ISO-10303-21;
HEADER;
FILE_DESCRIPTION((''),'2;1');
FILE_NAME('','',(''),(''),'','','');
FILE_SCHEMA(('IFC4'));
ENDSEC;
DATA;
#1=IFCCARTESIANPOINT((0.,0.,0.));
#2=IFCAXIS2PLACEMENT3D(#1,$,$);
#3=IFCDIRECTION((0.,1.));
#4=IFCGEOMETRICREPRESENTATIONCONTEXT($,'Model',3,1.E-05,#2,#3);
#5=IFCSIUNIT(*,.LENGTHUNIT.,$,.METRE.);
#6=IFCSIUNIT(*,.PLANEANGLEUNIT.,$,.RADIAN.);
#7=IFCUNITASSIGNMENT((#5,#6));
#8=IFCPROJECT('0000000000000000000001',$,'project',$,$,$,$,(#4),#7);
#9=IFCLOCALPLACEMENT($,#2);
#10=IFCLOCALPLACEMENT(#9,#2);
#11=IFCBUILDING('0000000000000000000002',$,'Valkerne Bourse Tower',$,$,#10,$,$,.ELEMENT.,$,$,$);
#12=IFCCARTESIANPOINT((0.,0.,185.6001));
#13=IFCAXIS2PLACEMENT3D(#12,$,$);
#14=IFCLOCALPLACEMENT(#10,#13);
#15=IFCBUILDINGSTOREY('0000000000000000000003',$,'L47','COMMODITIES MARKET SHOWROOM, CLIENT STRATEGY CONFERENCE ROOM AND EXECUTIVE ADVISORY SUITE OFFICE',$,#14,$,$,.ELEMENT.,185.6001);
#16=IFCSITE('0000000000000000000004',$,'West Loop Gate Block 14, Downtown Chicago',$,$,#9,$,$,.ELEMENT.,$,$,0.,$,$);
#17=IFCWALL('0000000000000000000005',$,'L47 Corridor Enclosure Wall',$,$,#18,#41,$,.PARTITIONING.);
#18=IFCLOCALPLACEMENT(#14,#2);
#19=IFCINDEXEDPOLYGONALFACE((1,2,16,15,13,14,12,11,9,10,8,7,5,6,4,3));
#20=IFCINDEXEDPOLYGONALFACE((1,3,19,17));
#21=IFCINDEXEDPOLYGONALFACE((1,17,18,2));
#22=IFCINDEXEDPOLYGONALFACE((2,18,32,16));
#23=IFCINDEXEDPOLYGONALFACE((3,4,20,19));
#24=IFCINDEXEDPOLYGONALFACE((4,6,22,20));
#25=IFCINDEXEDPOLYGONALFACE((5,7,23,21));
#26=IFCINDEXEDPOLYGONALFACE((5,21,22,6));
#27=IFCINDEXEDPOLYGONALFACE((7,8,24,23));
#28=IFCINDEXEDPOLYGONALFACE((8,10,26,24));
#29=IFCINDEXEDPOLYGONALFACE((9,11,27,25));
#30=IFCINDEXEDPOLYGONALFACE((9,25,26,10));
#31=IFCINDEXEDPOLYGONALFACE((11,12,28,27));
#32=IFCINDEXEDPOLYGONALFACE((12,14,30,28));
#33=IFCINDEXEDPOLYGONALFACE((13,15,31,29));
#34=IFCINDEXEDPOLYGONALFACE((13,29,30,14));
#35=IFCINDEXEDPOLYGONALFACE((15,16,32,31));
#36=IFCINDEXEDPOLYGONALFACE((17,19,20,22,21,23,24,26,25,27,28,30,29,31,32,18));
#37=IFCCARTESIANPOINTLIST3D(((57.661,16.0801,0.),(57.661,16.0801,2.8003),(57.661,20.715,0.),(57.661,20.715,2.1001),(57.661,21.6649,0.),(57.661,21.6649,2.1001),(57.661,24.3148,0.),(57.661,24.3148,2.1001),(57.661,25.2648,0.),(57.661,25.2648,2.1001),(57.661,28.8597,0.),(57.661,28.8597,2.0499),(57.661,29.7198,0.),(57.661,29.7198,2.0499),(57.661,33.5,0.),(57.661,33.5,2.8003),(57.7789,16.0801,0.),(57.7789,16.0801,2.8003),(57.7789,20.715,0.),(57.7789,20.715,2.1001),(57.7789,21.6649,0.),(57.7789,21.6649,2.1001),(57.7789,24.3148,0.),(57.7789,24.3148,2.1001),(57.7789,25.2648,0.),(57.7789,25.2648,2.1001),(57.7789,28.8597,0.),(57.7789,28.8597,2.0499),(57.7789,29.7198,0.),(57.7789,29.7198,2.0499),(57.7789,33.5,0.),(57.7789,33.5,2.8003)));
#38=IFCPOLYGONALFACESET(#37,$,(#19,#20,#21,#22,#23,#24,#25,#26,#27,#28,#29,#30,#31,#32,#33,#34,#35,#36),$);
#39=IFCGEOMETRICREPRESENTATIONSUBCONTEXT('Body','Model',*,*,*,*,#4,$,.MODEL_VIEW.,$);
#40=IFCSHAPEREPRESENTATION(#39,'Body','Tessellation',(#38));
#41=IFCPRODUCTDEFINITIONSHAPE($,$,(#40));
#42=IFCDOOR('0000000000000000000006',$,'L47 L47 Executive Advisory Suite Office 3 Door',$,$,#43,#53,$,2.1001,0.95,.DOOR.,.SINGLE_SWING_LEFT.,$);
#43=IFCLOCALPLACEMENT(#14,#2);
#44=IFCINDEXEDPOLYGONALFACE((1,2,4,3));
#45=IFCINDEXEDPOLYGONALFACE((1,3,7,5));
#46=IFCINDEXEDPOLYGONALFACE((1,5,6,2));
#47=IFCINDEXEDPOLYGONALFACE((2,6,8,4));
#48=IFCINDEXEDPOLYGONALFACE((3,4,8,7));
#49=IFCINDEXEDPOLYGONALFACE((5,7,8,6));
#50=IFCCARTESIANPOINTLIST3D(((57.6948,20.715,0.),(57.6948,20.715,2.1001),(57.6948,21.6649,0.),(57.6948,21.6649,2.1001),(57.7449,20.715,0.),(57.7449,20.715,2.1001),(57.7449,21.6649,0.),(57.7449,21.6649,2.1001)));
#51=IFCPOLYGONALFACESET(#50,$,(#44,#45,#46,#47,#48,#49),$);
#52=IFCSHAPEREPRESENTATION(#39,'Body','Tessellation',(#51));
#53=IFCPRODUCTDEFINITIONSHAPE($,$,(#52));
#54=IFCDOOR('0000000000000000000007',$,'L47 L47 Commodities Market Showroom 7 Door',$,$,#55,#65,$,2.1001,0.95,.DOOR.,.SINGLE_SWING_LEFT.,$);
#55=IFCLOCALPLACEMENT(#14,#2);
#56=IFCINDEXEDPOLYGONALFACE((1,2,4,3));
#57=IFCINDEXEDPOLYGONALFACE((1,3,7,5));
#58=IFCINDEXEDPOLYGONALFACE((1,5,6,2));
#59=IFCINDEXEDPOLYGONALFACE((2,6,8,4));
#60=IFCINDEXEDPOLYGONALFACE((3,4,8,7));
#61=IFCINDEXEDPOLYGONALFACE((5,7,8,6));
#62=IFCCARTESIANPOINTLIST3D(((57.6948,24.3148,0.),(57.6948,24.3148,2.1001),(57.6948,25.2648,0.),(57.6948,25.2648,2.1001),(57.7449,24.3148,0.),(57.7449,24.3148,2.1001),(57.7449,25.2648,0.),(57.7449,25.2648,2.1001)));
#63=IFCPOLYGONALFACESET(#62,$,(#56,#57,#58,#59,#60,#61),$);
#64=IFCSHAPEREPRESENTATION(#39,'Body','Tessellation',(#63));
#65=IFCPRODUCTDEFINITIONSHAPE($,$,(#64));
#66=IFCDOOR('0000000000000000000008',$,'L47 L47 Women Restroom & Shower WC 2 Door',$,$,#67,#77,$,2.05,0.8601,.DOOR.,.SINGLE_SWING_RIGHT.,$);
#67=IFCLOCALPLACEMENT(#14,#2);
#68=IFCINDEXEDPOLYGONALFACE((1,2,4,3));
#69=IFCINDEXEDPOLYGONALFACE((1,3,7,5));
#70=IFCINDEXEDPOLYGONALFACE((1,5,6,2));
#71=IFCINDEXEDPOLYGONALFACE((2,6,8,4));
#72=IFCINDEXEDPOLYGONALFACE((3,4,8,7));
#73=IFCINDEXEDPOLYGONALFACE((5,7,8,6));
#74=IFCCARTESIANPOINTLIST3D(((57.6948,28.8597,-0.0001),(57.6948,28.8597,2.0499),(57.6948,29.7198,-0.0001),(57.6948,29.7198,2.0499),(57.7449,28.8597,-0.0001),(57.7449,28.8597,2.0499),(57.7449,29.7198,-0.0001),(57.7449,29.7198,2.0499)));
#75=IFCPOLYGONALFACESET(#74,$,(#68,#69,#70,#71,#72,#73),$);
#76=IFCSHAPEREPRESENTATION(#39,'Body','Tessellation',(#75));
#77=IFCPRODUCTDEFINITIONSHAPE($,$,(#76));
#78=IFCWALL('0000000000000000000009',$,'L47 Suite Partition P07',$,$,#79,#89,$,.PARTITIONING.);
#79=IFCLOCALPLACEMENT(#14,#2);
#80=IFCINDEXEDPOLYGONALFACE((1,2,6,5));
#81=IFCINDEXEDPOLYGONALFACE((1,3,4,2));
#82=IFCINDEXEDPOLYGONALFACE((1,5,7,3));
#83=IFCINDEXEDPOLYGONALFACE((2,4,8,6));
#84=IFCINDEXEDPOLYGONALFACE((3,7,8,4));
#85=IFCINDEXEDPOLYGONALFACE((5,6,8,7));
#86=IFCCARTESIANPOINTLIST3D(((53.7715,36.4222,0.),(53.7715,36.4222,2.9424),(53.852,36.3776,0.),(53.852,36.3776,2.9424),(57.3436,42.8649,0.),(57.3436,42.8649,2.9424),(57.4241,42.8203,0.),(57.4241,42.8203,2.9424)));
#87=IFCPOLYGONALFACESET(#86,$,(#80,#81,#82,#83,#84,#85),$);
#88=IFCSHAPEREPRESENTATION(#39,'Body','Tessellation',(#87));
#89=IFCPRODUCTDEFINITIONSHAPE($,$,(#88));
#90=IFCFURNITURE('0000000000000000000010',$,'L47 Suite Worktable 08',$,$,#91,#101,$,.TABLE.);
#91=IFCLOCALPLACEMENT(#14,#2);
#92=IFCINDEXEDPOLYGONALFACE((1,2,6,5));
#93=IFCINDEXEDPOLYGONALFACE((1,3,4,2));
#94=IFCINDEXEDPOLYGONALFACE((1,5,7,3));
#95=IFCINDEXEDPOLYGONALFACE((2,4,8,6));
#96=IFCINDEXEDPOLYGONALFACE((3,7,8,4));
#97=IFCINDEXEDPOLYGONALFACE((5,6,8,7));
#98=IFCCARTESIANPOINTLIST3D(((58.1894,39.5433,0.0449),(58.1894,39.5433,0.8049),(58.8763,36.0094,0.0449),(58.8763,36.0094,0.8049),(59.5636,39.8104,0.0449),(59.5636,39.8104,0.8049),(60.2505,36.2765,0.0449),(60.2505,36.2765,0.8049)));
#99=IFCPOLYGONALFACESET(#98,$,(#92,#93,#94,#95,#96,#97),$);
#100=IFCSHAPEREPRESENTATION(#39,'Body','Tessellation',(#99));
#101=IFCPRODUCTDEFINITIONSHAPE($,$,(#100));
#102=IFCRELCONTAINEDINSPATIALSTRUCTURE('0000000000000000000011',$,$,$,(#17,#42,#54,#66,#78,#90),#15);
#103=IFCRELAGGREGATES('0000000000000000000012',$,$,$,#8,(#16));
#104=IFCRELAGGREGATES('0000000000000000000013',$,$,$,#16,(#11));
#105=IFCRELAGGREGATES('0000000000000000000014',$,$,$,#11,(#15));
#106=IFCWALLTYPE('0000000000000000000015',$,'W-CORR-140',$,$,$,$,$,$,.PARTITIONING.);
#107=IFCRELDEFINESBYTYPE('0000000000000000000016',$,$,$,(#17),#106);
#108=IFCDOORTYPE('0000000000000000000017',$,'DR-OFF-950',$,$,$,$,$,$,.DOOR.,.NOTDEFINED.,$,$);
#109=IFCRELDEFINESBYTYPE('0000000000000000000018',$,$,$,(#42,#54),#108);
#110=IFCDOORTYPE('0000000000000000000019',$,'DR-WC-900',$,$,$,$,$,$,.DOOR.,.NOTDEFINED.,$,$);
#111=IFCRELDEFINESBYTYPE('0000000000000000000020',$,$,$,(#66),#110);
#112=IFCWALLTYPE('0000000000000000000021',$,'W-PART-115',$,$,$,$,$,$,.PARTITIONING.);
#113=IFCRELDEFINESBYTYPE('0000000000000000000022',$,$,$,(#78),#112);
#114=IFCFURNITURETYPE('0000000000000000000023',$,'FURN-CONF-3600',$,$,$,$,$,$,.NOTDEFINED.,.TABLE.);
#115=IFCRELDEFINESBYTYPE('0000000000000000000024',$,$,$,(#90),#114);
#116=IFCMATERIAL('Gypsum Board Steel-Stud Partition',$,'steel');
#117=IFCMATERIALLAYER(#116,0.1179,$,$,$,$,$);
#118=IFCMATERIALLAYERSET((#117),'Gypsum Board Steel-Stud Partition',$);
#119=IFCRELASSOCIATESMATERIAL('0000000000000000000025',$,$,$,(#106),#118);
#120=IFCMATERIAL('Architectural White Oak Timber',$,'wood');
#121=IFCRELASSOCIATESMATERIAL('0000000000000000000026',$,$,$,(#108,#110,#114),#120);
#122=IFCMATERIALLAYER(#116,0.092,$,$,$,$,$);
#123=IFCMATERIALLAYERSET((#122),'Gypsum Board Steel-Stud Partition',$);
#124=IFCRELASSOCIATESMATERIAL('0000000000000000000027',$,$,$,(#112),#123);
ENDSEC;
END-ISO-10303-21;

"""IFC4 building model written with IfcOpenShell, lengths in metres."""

from ifc_helpers import new_model, si_unit, direction, frame, frame_2d, origin, origin_2d, place, context, subcontext, project, spatial, rectangle, extrude, material, layer, layer_set, type_object, element, fill, save


model = new_model("IFC4")

# Units and contexts
model_context = context("Model", 3, precision=1e-05, world=origin(), true_north=direction((0.0, 1.0)))
body_context = subcontext(model_context, "Body", "Model", "MODEL_VIEW")
ifc_project = project(units=[si_unit("LENGTHUNIT", "METRE"), si_unit("PLANEANGLEUNIT", "RADIAN")], contexts=[model_context])

# Site, building, storey
site_placement = place(None, origin())
site = spatial("IfcSite", under=ifc_project, at=site_placement, Name="West Loop Gate Block 14, Downtown Chicago", CompositionType="ELEMENT", RefElevation=0.0)
building_placement = place(site_placement, origin())
building = spatial("IfcBuilding", under=site, at=building_placement, Name="Valkerne Bourse Tower", CompositionType="ELEMENT")
storey_placement = place(building_placement, frame((0.0, 0.0, 185.6001)))
storey = spatial("IfcBuildingStorey", under=building, at=storey_placement, Name="L47", Description="COMMODITIES MARKET SHOWROOM, CLIENT STRATEGY CONFERENCE ROOM AND EXECUTIVE ADVISORY SUITE OFFICE", CompositionType="ELEMENT", Elevation=185.6001)

# Wall, openings, doors
ifc_material_1 = material(Name="Gypsum Board Steel-Stud Partition", Category="steel")
ifc_layer_1 = layer(ifc_material_1, 0.1179)
ifc_layer_set_1 = layer_set([ifc_layer_1], Name="Gypsum Board Steel-Stud Partition")
wall_type_1 = type_object("IfcWallType", Name="W-CORR-140", PredefinedType="PARTITIONING", material=ifc_layer_set_1)
wall_1_placement = place(storey_placement, frame((57.72, 33.5, 0.0), z_axis=(0.0, 0.0, 1.0), x_axis=(0.0, -1.0, 0.0)))
wall_1 = element("IfcWall", 1, at=wall_1_placement, inside=storey, type_object=wall_type_1, Name="L47 Corridor Enclosure Wall", PredefinedType="PARTITIONING", context=body_context, shape_type="SweptSolid", body=[
    extrude(rectangle(XDim=17.4199, YDim=0.1179, at=frame_2d((8.71, 0.0))), origin(), (0.0, 0.0, 1.0), 2.8003),
])
opening_1_placement = place(wall_1_placement, frame((3.78, 0.0, 0.0)))
opening_1 = element("IfcOpeningElement", 2, at=opening_1_placement, cuts=wall_1, PredefinedType="OPENING", context=body_context, shape_type="SweptSolid", body=[
    extrude(rectangle(XDim=0.8601, YDim=2.05, at=frame_2d((0.4302, 1.0249))), frame((0.0, 0.0688, 0.0), z_axis=(0.0, -1.0, 0.0), x_axis=(1.0, 0.0, 0.0)), (0.0, 0.0, 1.0), 0.1379),
])
opening_2_placement = place(wall_1_placement, frame((11.835, 0.0, 0.0)))
opening_2 = element("IfcOpeningElement", 3, at=opening_2_placement, cuts=wall_1, PredefinedType="OPENING", context=body_context, shape_type="SweptSolid", body=[
    extrude(rectangle(XDim=0.95, YDim=2.1001, at=frame_2d((0.4751, 1.05))), frame((0.0, 0.0688, 0.0), z_axis=(0.0, -1.0, 0.0), x_axis=(1.0, 0.0, 0.0)), (0.0, 0.0, 1.0), 0.1379),
])
opening_3_placement = place(wall_1_placement, frame((8.2351, 0.0, 0.0)))
opening_3 = element("IfcOpeningElement", 4, at=opening_3_placement, cuts=wall_1, PredefinedType="OPENING", context=body_context, shape_type="SweptSolid", body=[
    extrude(rectangle(XDim=0.95, YDim=2.1001, at=frame_2d((0.4751, 1.05))), frame((0.0, 0.0688, 0.0), z_axis=(0.0, -1.0, 0.0), x_axis=(1.0, 0.0, 0.0)), (0.0, 0.0, 1.0), 0.1379),
])
ifc_material_2 = material(Name="Architectural White Oak Timber", Category="wood")
door_type_1 = type_object("IfcDoorType", Name="DR-OFF-950", OperationType="NOTDEFINED", PredefinedType="DOOR", material=ifc_material_2)
door_1_placement = place(opening_2_placement, origin())
door_1 = element("IfcDoor", 5, at=door_1_placement, inside=storey, type_object=door_type_1, Name="L47 L47 Executive Advisory Suite Office 3 Door", OperationType="SINGLE_SWING_LEFT", OverallHeight=2.1001, OverallWidth=0.95, PredefinedType="DOOR", context=body_context, shape_type="SweptSolid", body=[
    extrude(rectangle(XDim=0.95, YDim=2.1001, at=frame_2d((0.4751, 1.05))), frame((0.0, 0.0249, 0.0), z_axis=(0.0, -1.0, 0.0), x_axis=(1.0, 0.0, 0.0)), (0.0, 0.0, 1.0), 0.05),
])
fill(opening_2, door_1)
door_2_placement = place(opening_3_placement, origin())
door_2 = element("IfcDoor", 6, at=door_2_placement, inside=storey, type_object=door_type_1, Name="L47 L47 Commodities Market Showroom 7 Door", OperationType="SINGLE_SWING_LEFT", OverallHeight=2.1001, OverallWidth=0.95, PredefinedType="DOOR", context=body_context, shape_type="SweptSolid", body=[
    extrude(rectangle(XDim=0.95, YDim=2.1001, at=frame_2d((0.4751, 1.05))), frame((0.0, 0.0249, 0.0), z_axis=(0.0, -1.0, 0.0), x_axis=(1.0, 0.0, 0.0)), (0.0, 0.0, 1.0), 0.05),
])
fill(opening_3, door_2)
door_type_2 = type_object("IfcDoorType", Name="DR-WC-900", OperationType="NOTDEFINED", PredefinedType="DOOR", material=ifc_material_2)
door_3_placement = place(opening_1_placement, origin())
door_3 = element("IfcDoor", 7, at=door_3_placement, inside=storey, type_object=door_type_2, Name="L47 L47 Women Restroom & Shower WC 2 Door", OperationType="SINGLE_SWING_RIGHT", OverallHeight=2.05, OverallWidth=0.8601, PredefinedType="DOOR", context=body_context, shape_type="SweptSolid", body=[
    extrude(rectangle(XDim=0.8601, YDim=2.05, at=frame_2d((0.4302, 1.0249))), frame((0.0, 0.0249, 0.0), z_axis=(0.0, -1.0, 0.0), x_axis=(1.0, 0.0, 0.0)), (0.0, 0.0, 1.0), 0.05),
])
fill(opening_1, door_3)

# Wall
ifc_layer_2 = layer(ifc_material_1, 0.092)
ifc_layer_set_2 = layer_set([ifc_layer_2], Name="Gypsum Board Steel-Stud Partition")
wall_type_2 = type_object("IfcWallType", Name="W-PART-115", PredefinedType="PARTITIONING", material=ifc_layer_set_2)
wall_2_placement = place(storey_placement, frame((53.8118, 36.3999, 0.0), z_axis=(0.0, 0.0, 1.0), x_axis=(0.484894, 0.874573, 0.0)))
element("IfcWall", 8, at=wall_2_placement, inside=storey, type_object=wall_type_2, Name="L47 Suite Partition P07", PredefinedType="PARTITIONING", context=body_context, shape_type="SweptSolid", body=[
    extrude(rectangle(XDim=7.3667, YDim=0.092, at=frame_2d((3.6833, 0.0))), origin(), (0.0, 0.0, 1.0), 2.9424),
])

# Furniture
furniture_type = type_object("IfcFurnitureType", Name="FURN-CONF-3600", AssemblyPlace="NOTDEFINED", PredefinedType="TABLE", material=ifc_material_2)
furniture_placement = place(storey_placement, frame((59.22, 37.9099, 0.0449), z_axis=(0.0, 0.0, 1.0), x_axis=(-0.190809, 0.981627, 0.0)))
element("IfcFurniture", 9, at=furniture_placement, inside=storey, type_object=furniture_type, Name="L47 Suite Worktable 08", PredefinedType="TABLE", context=body_context, shape_type="SweptSolid", body=[
    extrude(rectangle(XDim=3.6001, YDim=1.3999, at=origin_2d()), origin(), (0.0, 0.0, 1.0), 0.76),
])

save(model, "model.ifc")
